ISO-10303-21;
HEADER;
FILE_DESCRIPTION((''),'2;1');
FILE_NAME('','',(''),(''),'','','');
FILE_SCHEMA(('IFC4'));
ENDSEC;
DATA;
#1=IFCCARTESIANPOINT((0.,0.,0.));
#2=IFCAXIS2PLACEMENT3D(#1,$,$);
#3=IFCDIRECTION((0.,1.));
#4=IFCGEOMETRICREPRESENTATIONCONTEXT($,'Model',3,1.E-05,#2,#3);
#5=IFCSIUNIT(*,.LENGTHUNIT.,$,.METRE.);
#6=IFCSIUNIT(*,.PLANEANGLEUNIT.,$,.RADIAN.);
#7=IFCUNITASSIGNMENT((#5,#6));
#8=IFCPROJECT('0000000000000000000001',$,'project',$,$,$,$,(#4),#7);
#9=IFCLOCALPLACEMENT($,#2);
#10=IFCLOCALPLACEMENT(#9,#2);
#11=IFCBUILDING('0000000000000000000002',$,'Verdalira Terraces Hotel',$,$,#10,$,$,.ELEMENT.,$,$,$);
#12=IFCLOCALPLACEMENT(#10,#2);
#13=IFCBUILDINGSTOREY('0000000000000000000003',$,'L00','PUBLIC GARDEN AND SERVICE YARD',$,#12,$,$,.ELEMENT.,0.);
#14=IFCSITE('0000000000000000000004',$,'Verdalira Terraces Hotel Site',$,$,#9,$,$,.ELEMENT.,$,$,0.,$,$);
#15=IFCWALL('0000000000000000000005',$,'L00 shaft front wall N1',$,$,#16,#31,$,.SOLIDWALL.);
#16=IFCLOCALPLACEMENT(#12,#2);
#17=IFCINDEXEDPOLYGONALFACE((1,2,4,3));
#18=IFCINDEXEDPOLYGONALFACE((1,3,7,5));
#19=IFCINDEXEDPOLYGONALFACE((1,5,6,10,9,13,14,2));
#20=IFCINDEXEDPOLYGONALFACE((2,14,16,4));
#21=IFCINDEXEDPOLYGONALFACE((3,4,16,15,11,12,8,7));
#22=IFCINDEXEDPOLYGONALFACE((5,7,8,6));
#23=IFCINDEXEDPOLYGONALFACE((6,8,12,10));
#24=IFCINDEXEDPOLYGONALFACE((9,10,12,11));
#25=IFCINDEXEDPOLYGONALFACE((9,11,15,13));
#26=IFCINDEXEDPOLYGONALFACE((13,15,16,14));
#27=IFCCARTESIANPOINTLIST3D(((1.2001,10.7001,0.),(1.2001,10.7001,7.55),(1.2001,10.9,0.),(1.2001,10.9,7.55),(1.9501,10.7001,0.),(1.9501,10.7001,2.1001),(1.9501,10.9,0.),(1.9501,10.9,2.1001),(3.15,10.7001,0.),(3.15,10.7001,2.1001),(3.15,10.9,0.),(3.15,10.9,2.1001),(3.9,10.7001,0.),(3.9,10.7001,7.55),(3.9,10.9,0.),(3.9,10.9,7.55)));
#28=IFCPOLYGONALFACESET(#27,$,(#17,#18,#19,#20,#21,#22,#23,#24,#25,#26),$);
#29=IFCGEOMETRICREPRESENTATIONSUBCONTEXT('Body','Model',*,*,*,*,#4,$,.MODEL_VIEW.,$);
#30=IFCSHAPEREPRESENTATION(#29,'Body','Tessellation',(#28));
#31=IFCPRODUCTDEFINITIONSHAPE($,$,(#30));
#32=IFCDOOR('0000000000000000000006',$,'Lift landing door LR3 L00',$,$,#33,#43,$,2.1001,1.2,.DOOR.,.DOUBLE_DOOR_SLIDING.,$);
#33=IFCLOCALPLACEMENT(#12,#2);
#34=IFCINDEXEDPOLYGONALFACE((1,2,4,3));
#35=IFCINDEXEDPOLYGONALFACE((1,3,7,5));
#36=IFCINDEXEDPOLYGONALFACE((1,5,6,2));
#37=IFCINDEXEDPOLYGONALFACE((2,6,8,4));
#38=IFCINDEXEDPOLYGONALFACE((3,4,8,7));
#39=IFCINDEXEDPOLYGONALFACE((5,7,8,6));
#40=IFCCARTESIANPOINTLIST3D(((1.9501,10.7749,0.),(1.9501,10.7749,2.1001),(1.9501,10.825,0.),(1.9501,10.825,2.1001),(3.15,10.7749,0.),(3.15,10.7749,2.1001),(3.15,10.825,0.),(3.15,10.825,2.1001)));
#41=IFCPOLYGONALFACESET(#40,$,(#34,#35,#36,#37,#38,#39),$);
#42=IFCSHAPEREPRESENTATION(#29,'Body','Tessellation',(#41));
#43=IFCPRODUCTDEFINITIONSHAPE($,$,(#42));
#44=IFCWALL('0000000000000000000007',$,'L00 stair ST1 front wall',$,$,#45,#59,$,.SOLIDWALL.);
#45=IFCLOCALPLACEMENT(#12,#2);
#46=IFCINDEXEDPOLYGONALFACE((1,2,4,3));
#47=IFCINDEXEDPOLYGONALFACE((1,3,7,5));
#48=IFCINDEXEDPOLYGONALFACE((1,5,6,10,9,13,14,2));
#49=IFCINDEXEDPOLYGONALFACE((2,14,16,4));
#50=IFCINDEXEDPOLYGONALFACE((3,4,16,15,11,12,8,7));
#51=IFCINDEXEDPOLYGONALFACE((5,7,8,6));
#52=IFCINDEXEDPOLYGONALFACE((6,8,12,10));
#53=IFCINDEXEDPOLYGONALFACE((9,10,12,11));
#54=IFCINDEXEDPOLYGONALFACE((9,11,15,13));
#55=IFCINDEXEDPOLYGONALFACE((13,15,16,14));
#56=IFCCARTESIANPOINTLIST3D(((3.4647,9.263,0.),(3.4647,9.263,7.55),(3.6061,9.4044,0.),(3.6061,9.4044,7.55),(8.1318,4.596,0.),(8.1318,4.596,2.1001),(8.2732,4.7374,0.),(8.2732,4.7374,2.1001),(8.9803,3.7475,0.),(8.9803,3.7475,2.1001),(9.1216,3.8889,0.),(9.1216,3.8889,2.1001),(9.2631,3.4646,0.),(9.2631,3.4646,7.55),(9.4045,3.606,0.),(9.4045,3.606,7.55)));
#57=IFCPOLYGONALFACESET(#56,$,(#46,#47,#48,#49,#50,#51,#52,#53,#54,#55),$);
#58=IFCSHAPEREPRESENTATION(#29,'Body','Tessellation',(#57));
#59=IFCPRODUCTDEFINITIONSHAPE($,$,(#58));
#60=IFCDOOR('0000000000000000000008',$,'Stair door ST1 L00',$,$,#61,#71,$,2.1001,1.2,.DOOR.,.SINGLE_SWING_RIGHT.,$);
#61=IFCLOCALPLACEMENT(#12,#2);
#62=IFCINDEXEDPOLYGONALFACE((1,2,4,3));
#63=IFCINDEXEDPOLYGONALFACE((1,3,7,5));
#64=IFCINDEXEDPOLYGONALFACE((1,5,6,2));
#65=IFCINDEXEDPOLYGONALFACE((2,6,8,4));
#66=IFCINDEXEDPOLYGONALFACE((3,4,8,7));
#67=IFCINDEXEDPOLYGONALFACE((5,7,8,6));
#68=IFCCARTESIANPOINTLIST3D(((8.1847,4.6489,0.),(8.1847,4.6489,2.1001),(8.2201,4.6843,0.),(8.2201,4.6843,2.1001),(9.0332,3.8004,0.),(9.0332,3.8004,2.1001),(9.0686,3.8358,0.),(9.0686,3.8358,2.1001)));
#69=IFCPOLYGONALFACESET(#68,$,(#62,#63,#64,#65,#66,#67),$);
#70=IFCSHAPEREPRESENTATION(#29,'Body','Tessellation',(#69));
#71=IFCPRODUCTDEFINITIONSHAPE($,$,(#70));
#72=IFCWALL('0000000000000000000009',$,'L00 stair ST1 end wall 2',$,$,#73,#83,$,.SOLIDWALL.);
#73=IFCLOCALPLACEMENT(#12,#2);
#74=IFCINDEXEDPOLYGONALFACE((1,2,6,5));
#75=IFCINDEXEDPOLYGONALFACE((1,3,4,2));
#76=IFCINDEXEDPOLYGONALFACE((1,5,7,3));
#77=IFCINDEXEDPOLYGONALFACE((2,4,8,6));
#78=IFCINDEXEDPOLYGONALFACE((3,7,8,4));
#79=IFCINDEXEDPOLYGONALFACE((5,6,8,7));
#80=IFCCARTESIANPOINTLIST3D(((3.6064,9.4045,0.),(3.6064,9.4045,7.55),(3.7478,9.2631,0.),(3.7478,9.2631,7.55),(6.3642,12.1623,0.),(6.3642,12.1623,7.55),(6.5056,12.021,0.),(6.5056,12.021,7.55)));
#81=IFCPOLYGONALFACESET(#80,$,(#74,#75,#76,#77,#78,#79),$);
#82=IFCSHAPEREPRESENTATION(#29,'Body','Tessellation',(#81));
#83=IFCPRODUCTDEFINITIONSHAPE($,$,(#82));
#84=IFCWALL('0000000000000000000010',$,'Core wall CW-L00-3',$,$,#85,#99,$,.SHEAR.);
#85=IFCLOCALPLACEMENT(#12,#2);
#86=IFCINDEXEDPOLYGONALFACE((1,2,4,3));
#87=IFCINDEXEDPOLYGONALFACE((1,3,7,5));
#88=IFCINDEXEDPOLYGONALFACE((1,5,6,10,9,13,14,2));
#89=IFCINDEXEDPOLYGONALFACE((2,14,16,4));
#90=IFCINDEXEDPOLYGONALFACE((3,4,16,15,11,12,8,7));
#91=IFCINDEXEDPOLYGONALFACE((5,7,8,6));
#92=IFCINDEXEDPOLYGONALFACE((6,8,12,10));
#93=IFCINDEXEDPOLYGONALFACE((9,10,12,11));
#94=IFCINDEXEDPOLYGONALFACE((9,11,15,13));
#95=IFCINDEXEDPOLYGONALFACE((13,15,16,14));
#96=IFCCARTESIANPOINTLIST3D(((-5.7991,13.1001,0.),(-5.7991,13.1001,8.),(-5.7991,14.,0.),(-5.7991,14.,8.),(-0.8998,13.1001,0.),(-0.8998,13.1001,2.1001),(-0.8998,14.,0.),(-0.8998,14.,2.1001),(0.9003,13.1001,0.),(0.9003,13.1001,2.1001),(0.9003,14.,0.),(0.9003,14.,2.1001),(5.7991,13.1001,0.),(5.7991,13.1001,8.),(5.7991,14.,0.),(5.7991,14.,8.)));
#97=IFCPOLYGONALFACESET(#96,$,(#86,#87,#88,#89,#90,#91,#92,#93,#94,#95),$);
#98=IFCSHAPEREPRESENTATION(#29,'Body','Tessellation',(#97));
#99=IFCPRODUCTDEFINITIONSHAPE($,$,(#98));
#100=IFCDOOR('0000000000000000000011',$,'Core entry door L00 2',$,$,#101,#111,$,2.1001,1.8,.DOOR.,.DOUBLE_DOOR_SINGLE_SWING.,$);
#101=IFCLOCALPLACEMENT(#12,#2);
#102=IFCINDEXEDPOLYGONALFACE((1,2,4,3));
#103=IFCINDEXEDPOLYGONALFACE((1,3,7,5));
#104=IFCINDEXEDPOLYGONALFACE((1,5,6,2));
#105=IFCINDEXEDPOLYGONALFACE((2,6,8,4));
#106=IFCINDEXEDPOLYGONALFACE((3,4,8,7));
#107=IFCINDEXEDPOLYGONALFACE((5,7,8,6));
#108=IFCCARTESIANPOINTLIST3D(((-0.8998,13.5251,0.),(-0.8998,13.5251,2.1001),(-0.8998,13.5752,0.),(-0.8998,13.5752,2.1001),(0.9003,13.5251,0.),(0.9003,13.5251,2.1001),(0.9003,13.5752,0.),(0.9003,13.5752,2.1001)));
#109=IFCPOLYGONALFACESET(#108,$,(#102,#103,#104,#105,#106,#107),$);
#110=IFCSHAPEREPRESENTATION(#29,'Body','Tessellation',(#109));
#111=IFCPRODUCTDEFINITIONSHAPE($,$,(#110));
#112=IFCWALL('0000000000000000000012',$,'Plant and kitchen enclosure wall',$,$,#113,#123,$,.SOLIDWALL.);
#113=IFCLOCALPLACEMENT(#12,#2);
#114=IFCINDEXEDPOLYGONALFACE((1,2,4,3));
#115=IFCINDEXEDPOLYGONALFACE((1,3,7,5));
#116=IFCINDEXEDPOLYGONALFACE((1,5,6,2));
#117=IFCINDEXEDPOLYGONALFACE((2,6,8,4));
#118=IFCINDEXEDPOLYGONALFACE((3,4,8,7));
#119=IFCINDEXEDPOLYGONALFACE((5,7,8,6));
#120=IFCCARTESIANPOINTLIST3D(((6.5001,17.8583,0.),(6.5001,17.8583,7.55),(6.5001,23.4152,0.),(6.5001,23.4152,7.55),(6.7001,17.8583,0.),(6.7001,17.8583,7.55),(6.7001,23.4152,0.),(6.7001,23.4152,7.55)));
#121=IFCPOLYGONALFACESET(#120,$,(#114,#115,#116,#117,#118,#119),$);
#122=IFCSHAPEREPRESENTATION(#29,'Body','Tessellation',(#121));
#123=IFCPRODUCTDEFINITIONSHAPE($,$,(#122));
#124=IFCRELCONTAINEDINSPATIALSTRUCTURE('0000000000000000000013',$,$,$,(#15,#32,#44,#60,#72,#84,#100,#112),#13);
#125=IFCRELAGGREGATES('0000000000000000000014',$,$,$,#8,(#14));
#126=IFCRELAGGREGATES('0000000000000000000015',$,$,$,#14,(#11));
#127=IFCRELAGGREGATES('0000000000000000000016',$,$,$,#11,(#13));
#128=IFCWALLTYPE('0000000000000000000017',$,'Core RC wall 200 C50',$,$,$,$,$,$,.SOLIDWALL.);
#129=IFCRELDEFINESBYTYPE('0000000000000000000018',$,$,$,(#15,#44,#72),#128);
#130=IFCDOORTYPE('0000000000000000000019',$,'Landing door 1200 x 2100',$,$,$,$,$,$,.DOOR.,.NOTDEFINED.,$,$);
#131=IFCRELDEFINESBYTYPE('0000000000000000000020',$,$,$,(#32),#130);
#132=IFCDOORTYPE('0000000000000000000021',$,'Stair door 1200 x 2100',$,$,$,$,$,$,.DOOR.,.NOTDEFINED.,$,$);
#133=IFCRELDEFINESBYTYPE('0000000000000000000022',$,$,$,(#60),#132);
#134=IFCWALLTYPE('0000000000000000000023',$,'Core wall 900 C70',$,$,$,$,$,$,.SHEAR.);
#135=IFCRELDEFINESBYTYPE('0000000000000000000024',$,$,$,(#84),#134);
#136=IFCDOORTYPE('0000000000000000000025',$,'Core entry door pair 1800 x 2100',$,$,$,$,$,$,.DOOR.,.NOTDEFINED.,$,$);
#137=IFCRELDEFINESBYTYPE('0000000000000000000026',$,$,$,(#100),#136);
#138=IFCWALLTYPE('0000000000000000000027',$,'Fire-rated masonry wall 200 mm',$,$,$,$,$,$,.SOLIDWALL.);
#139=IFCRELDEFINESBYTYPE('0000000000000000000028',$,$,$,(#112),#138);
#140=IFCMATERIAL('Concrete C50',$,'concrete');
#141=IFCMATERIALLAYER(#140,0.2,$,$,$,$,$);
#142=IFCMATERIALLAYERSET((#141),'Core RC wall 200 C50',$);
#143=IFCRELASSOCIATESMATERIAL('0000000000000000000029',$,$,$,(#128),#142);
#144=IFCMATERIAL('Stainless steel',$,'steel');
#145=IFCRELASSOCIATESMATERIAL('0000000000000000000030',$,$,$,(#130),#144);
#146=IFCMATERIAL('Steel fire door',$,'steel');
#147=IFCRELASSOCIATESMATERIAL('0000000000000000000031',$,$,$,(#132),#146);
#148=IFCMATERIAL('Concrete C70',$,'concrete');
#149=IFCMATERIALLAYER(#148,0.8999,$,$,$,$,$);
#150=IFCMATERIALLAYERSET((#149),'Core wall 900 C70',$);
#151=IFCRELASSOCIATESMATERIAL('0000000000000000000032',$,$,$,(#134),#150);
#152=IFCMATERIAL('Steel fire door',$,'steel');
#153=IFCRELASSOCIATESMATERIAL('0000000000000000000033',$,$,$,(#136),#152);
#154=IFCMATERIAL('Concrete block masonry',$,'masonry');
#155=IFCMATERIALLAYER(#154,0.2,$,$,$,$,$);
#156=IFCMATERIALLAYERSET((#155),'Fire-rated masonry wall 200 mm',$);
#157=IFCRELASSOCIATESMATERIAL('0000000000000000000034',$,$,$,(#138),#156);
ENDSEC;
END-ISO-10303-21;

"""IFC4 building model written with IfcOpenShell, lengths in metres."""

from ifc_helpers import new_model, si_unit, direction, frame, frame_2d, origin, place, context, subcontext, project, spatial, rectangle, extrude, material, layer, layer_set, type_object, element, fill, save


model = new_model("IFC4")

# Units and contexts
model_context = context("Model", 3, precision=1e-05, world=origin(), true_north=direction((0.0, 1.0)))
body_context = subcontext(model_context, "Body", "Model", "MODEL_VIEW")
ifc_project = project(units=[si_unit("LENGTHUNIT", "METRE"), si_unit("PLANEANGLEUNIT", "RADIAN")], contexts=[model_context])

# Site, building, storey
site_placement = place(None, origin())
site = spatial("IfcSite", under=ifc_project, at=site_placement, Name="Verdalira Terraces Hotel Site", CompositionType="ELEMENT", RefElevation=0.0)
building_placement = place(site_placement, origin())
building = spatial("IfcBuilding", under=site, at=building_placement, Name="Verdalira Terraces Hotel", CompositionType="ELEMENT")
storey_placement = place(building_placement, origin())
storey = spatial("IfcBuildingStorey", under=building, at=storey_placement, Name="L00", Description="PUBLIC GARDEN AND SERVICE YARD", CompositionType="ELEMENT", Elevation=0.0)

# Walls, openings, doors
ifc_material_1 = material(Name="Concrete C50", Category="concrete")
ifc_layer_1 = layer(ifc_material_1, 0.2)
ifc_layer_set_1 = layer_set([ifc_layer_1], Name="Core RC wall 200 C50")
wall_type_1 = type_object("IfcWallType", Name="Core RC wall 200 C50", PredefinedType="SOLIDWALL", material=ifc_layer_set_1)
wall_1_placement = place(storey_placement, frame((1.2, 10.8, 0.0), z_axis=(0.0, 0.0, 1.0), x_axis=(1.0, 0.0, 0.0)))
wall_1 = element("IfcWall", 1, at=wall_1_placement, inside=storey, type_object=wall_type_1, Name="L00 shaft front wall N1", PredefinedType="SOLIDWALL", context=body_context, shape_type="SweptSolid", body=[
    extrude(rectangle(XDim=2.7, YDim=0.2, at=frame_2d((1.3501, 0.0))), origin(), (0.0, 0.0, 1.0), 7.55),
])
opening_1_placement = place(wall_1_placement, frame((0.75, 0.0, 0.0)))
opening_1 = element("IfcOpeningElement", 2, at=opening_1_placement, cuts=wall_1, PredefinedType="OPENING", context=body_context, shape_type="SweptSolid", body=[
    extrude(rectangle(XDim=1.2, YDim=2.1001, at=frame_2d((0.6001, 1.05))), frame((0.0, 0.1099, 0.0), z_axis=(0.0, -1.0, 0.0), x_axis=(1.0, 0.0, 0.0)), (0.0, 0.0, 1.0), 0.22),
])
ifc_material_2 = material(Name="Stainless steel", Category="steel")
door_type_1 = type_object("IfcDoorType", Name="Landing door 1200 x 2100", OperationType="NOTDEFINED", PredefinedType="DOOR", material=ifc_material_2)
door_1_placement = place(opening_1_placement, origin())
door_1 = element("IfcDoor", 3, at=door_1_placement, inside=storey, type_object=door_type_1, Name="Lift landing door LR3 L00", OperationType="DOUBLE_DOOR_SLIDING", OverallHeight=2.1001, OverallWidth=1.2, PredefinedType="DOOR", context=body_context, shape_type="SweptSolid", body=[
    extrude(rectangle(XDim=1.2, YDim=2.1001, at=frame_2d((0.6001, 1.05))), frame((0.0, 0.0249, 0.0), z_axis=(0.0, -1.0, 0.0), x_axis=(1.0, 0.0, 0.0)), (0.0, 0.0, 1.0), 0.05),
])
fill(opening_1, door_1)
wall_2_placement = place(storey_placement, frame((3.5354, 9.3337, 0.0), z_axis=(0.0, 0.0, 1.0), x_axis=(0.707107, -0.707107, 0.0)))
wall_2 = element("IfcWall", 4, at=wall_2_placement, inside=storey, type_object=wall_type_1, Name="L00 stair ST1 front wall", PredefinedType="SOLIDWALL", context=body_context, shape_type="SweptSolid", body=[
    extrude(rectangle(XDim=8.2002, YDim=0.2, at=frame_2d((4.1001, 0.0))), origin(), (0.0, 0.0, 1.0), 7.55),
])
opening_2_placement = place(wall_2_placement, frame((6.6001, 0.0, 0.0)))
opening_2 = element("IfcOpeningElement", 5, at=opening_2_placement, cuts=wall_2, PredefinedType="OPENING", context=body_context, shape_type="SweptSolid", body=[
    extrude(rectangle(XDim=1.2, YDim=2.1001, at=frame_2d((0.6001, 1.05))), frame((0.0, 0.1099, 0.0), z_axis=(0.0, -1.0, 0.0), x_axis=(1.0, 0.0, 0.0)), (0.0, 0.0, 1.0), 0.22),
])
ifc_material_3 = material(Name="Steel fire door", Category="steel")
door_type_2 = type_object("IfcDoorType", Name="Stair door 1200 x 2100", OperationType="NOTDEFINED", PredefinedType="DOOR", material=ifc_material_3)
door_2_placement = place(opening_2_placement, origin())
door_2 = element("IfcDoor", 6, at=door_2_placement, inside=storey, type_object=door_type_2, Name="Stair door ST1 L00", OperationType="SINGLE_SWING_RIGHT", OverallHeight=2.1001, OverallWidth=1.2, PredefinedType="DOOR", context=body_context, shape_type="SweptSolid", body=[
    extrude(rectangle(XDim=1.2, YDim=2.1001, at=frame_2d((0.6001, 1.05))), frame((0.0, 0.0249, 0.0), z_axis=(0.0, -1.0, 0.0), x_axis=(1.0, 0.0, 0.0)), (0.0, 0.0, 1.0), 0.05),
])
fill(opening_2, door_2)

# Wall
wall_3_placement = place(storey_placement, frame((3.677, 9.3337, 0.0), z_axis=(0.0, 0.0, 1.0), x_axis=(0.707107, 0.707107, 0.0)))
element("IfcWall", 7, at=wall_3_placement, inside=storey, type_object=wall_type_1, Name="L00 stair ST1 end wall 2", PredefinedType="SOLIDWALL", context=body_context, shape_type="SweptSolid", body=[
    extrude(rectangle(XDim=3.9001, YDim=0.2, at=frame_2d((1.9502, 0.0))), origin(), (0.0, 0.0, 1.0), 7.55),
])

# Wall, opening, door
ifc_material_4 = material(Name="Concrete C70", Category="concrete")
ifc_layer_2 = layer(ifc_material_4, 0.8999)
ifc_layer_set_2 = layer_set([ifc_layer_2], Name="Core wall 900 C70")
wall_type_2 = type_object("IfcWallType", Name="Core wall 900 C70", PredefinedType="SHEAR", material=ifc_layer_set_2)
wall_4_placement = place(storey_placement, frame((5.7991, 13.55, 0.0), z_axis=(0.0, 0.0, 1.0), x_axis=(-1.0, 0.0, 0.0)))
wall_4 = element("IfcWall", 8, at=wall_4_placement, inside=storey, type_object=wall_type_2, Name="Core wall CW-L00-3", PredefinedType="SHEAR", context=body_context, shape_type="SweptSolid", body=[
    extrude(rectangle(XDim=11.5981, YDim=0.8999, at=frame_2d((5.7991, 0.0))), origin(), (0.0, 0.0, 1.0), 8.0),
])
opening_3_placement = place(wall_4_placement, frame((4.8989, 0.0, 0.0)))
opening_3 = element("IfcOpeningElement", 9, at=opening_3_placement, cuts=wall_4, PredefinedType="OPENING", context=body_context, shape_type="SweptSolid", body=[
    extrude(rectangle(XDim=1.8, YDim=2.1001, at=frame_2d((0.8999, 1.05))), frame((0.0, 0.46, 0.0), z_axis=(0.0, -1.0, 0.0), x_axis=(1.0, 0.0, 0.0)), (0.0, 0.0, 1.0), 0.9199),
])
ifc_material_5 = material(Name="Steel fire door", Category="steel")
door_type_3 = type_object("IfcDoorType", Name="Core entry door pair 1800 x 2100", OperationType="NOTDEFINED", PredefinedType="DOOR", material=ifc_material_5)
door_3_placement = place(opening_3_placement, origin())
door_3 = element("IfcDoor", 10, at=door_3_placement, inside=storey, type_object=door_type_3, Name="Core entry door L00 2", OperationType="DOUBLE_DOOR_SINGLE_SWING", OverallHeight=2.1001, OverallWidth=1.8, PredefinedType="DOOR", context=body_context, shape_type="SweptSolid", body=[
    extrude(rectangle(XDim=1.8, YDim=2.1001, at=frame_2d((0.8999, 1.05))), frame((0.0, 0.0249, 0.0), z_axis=(0.0, -1.0, 0.0), x_axis=(1.0, 0.0, 0.0)), (0.0, 0.0, 1.0), 0.05),
])
fill(opening_3, door_3)

# Wall
ifc_material_6 = material(Name="Concrete block masonry", Category="masonry")
ifc_layer_3 = layer(ifc_material_6, 0.2)
ifc_layer_set_3 = layer_set([ifc_layer_3], Name="Fire-rated masonry wall 200 mm")
wall_type_3 = type_object("IfcWallType", Name="Fire-rated masonry wall 200 mm", PredefinedType="SOLIDWALL", material=ifc_layer_set_3)
wall_5_placement = place(storey_placement, frame((6.6001, 17.8584, 0.0), z_axis=(0.0, 0.0, 1.0), x_axis=(0.0, 1.0, 0.0)))
element("IfcWall", 11, at=wall_5_placement, inside=storey, type_object=wall_type_3, Name="Plant and kitchen enclosure wall", PredefinedType="SOLIDWALL", context=body_context, shape_type="SweptSolid", body=[
    extrude(rectangle(XDim=5.5569, YDim=0.2, at=frame_2d((2.7783, 0.0))), origin(), (0.0, 0.0, 1.0), 7.55),
])

save(model, "model.ifc")
